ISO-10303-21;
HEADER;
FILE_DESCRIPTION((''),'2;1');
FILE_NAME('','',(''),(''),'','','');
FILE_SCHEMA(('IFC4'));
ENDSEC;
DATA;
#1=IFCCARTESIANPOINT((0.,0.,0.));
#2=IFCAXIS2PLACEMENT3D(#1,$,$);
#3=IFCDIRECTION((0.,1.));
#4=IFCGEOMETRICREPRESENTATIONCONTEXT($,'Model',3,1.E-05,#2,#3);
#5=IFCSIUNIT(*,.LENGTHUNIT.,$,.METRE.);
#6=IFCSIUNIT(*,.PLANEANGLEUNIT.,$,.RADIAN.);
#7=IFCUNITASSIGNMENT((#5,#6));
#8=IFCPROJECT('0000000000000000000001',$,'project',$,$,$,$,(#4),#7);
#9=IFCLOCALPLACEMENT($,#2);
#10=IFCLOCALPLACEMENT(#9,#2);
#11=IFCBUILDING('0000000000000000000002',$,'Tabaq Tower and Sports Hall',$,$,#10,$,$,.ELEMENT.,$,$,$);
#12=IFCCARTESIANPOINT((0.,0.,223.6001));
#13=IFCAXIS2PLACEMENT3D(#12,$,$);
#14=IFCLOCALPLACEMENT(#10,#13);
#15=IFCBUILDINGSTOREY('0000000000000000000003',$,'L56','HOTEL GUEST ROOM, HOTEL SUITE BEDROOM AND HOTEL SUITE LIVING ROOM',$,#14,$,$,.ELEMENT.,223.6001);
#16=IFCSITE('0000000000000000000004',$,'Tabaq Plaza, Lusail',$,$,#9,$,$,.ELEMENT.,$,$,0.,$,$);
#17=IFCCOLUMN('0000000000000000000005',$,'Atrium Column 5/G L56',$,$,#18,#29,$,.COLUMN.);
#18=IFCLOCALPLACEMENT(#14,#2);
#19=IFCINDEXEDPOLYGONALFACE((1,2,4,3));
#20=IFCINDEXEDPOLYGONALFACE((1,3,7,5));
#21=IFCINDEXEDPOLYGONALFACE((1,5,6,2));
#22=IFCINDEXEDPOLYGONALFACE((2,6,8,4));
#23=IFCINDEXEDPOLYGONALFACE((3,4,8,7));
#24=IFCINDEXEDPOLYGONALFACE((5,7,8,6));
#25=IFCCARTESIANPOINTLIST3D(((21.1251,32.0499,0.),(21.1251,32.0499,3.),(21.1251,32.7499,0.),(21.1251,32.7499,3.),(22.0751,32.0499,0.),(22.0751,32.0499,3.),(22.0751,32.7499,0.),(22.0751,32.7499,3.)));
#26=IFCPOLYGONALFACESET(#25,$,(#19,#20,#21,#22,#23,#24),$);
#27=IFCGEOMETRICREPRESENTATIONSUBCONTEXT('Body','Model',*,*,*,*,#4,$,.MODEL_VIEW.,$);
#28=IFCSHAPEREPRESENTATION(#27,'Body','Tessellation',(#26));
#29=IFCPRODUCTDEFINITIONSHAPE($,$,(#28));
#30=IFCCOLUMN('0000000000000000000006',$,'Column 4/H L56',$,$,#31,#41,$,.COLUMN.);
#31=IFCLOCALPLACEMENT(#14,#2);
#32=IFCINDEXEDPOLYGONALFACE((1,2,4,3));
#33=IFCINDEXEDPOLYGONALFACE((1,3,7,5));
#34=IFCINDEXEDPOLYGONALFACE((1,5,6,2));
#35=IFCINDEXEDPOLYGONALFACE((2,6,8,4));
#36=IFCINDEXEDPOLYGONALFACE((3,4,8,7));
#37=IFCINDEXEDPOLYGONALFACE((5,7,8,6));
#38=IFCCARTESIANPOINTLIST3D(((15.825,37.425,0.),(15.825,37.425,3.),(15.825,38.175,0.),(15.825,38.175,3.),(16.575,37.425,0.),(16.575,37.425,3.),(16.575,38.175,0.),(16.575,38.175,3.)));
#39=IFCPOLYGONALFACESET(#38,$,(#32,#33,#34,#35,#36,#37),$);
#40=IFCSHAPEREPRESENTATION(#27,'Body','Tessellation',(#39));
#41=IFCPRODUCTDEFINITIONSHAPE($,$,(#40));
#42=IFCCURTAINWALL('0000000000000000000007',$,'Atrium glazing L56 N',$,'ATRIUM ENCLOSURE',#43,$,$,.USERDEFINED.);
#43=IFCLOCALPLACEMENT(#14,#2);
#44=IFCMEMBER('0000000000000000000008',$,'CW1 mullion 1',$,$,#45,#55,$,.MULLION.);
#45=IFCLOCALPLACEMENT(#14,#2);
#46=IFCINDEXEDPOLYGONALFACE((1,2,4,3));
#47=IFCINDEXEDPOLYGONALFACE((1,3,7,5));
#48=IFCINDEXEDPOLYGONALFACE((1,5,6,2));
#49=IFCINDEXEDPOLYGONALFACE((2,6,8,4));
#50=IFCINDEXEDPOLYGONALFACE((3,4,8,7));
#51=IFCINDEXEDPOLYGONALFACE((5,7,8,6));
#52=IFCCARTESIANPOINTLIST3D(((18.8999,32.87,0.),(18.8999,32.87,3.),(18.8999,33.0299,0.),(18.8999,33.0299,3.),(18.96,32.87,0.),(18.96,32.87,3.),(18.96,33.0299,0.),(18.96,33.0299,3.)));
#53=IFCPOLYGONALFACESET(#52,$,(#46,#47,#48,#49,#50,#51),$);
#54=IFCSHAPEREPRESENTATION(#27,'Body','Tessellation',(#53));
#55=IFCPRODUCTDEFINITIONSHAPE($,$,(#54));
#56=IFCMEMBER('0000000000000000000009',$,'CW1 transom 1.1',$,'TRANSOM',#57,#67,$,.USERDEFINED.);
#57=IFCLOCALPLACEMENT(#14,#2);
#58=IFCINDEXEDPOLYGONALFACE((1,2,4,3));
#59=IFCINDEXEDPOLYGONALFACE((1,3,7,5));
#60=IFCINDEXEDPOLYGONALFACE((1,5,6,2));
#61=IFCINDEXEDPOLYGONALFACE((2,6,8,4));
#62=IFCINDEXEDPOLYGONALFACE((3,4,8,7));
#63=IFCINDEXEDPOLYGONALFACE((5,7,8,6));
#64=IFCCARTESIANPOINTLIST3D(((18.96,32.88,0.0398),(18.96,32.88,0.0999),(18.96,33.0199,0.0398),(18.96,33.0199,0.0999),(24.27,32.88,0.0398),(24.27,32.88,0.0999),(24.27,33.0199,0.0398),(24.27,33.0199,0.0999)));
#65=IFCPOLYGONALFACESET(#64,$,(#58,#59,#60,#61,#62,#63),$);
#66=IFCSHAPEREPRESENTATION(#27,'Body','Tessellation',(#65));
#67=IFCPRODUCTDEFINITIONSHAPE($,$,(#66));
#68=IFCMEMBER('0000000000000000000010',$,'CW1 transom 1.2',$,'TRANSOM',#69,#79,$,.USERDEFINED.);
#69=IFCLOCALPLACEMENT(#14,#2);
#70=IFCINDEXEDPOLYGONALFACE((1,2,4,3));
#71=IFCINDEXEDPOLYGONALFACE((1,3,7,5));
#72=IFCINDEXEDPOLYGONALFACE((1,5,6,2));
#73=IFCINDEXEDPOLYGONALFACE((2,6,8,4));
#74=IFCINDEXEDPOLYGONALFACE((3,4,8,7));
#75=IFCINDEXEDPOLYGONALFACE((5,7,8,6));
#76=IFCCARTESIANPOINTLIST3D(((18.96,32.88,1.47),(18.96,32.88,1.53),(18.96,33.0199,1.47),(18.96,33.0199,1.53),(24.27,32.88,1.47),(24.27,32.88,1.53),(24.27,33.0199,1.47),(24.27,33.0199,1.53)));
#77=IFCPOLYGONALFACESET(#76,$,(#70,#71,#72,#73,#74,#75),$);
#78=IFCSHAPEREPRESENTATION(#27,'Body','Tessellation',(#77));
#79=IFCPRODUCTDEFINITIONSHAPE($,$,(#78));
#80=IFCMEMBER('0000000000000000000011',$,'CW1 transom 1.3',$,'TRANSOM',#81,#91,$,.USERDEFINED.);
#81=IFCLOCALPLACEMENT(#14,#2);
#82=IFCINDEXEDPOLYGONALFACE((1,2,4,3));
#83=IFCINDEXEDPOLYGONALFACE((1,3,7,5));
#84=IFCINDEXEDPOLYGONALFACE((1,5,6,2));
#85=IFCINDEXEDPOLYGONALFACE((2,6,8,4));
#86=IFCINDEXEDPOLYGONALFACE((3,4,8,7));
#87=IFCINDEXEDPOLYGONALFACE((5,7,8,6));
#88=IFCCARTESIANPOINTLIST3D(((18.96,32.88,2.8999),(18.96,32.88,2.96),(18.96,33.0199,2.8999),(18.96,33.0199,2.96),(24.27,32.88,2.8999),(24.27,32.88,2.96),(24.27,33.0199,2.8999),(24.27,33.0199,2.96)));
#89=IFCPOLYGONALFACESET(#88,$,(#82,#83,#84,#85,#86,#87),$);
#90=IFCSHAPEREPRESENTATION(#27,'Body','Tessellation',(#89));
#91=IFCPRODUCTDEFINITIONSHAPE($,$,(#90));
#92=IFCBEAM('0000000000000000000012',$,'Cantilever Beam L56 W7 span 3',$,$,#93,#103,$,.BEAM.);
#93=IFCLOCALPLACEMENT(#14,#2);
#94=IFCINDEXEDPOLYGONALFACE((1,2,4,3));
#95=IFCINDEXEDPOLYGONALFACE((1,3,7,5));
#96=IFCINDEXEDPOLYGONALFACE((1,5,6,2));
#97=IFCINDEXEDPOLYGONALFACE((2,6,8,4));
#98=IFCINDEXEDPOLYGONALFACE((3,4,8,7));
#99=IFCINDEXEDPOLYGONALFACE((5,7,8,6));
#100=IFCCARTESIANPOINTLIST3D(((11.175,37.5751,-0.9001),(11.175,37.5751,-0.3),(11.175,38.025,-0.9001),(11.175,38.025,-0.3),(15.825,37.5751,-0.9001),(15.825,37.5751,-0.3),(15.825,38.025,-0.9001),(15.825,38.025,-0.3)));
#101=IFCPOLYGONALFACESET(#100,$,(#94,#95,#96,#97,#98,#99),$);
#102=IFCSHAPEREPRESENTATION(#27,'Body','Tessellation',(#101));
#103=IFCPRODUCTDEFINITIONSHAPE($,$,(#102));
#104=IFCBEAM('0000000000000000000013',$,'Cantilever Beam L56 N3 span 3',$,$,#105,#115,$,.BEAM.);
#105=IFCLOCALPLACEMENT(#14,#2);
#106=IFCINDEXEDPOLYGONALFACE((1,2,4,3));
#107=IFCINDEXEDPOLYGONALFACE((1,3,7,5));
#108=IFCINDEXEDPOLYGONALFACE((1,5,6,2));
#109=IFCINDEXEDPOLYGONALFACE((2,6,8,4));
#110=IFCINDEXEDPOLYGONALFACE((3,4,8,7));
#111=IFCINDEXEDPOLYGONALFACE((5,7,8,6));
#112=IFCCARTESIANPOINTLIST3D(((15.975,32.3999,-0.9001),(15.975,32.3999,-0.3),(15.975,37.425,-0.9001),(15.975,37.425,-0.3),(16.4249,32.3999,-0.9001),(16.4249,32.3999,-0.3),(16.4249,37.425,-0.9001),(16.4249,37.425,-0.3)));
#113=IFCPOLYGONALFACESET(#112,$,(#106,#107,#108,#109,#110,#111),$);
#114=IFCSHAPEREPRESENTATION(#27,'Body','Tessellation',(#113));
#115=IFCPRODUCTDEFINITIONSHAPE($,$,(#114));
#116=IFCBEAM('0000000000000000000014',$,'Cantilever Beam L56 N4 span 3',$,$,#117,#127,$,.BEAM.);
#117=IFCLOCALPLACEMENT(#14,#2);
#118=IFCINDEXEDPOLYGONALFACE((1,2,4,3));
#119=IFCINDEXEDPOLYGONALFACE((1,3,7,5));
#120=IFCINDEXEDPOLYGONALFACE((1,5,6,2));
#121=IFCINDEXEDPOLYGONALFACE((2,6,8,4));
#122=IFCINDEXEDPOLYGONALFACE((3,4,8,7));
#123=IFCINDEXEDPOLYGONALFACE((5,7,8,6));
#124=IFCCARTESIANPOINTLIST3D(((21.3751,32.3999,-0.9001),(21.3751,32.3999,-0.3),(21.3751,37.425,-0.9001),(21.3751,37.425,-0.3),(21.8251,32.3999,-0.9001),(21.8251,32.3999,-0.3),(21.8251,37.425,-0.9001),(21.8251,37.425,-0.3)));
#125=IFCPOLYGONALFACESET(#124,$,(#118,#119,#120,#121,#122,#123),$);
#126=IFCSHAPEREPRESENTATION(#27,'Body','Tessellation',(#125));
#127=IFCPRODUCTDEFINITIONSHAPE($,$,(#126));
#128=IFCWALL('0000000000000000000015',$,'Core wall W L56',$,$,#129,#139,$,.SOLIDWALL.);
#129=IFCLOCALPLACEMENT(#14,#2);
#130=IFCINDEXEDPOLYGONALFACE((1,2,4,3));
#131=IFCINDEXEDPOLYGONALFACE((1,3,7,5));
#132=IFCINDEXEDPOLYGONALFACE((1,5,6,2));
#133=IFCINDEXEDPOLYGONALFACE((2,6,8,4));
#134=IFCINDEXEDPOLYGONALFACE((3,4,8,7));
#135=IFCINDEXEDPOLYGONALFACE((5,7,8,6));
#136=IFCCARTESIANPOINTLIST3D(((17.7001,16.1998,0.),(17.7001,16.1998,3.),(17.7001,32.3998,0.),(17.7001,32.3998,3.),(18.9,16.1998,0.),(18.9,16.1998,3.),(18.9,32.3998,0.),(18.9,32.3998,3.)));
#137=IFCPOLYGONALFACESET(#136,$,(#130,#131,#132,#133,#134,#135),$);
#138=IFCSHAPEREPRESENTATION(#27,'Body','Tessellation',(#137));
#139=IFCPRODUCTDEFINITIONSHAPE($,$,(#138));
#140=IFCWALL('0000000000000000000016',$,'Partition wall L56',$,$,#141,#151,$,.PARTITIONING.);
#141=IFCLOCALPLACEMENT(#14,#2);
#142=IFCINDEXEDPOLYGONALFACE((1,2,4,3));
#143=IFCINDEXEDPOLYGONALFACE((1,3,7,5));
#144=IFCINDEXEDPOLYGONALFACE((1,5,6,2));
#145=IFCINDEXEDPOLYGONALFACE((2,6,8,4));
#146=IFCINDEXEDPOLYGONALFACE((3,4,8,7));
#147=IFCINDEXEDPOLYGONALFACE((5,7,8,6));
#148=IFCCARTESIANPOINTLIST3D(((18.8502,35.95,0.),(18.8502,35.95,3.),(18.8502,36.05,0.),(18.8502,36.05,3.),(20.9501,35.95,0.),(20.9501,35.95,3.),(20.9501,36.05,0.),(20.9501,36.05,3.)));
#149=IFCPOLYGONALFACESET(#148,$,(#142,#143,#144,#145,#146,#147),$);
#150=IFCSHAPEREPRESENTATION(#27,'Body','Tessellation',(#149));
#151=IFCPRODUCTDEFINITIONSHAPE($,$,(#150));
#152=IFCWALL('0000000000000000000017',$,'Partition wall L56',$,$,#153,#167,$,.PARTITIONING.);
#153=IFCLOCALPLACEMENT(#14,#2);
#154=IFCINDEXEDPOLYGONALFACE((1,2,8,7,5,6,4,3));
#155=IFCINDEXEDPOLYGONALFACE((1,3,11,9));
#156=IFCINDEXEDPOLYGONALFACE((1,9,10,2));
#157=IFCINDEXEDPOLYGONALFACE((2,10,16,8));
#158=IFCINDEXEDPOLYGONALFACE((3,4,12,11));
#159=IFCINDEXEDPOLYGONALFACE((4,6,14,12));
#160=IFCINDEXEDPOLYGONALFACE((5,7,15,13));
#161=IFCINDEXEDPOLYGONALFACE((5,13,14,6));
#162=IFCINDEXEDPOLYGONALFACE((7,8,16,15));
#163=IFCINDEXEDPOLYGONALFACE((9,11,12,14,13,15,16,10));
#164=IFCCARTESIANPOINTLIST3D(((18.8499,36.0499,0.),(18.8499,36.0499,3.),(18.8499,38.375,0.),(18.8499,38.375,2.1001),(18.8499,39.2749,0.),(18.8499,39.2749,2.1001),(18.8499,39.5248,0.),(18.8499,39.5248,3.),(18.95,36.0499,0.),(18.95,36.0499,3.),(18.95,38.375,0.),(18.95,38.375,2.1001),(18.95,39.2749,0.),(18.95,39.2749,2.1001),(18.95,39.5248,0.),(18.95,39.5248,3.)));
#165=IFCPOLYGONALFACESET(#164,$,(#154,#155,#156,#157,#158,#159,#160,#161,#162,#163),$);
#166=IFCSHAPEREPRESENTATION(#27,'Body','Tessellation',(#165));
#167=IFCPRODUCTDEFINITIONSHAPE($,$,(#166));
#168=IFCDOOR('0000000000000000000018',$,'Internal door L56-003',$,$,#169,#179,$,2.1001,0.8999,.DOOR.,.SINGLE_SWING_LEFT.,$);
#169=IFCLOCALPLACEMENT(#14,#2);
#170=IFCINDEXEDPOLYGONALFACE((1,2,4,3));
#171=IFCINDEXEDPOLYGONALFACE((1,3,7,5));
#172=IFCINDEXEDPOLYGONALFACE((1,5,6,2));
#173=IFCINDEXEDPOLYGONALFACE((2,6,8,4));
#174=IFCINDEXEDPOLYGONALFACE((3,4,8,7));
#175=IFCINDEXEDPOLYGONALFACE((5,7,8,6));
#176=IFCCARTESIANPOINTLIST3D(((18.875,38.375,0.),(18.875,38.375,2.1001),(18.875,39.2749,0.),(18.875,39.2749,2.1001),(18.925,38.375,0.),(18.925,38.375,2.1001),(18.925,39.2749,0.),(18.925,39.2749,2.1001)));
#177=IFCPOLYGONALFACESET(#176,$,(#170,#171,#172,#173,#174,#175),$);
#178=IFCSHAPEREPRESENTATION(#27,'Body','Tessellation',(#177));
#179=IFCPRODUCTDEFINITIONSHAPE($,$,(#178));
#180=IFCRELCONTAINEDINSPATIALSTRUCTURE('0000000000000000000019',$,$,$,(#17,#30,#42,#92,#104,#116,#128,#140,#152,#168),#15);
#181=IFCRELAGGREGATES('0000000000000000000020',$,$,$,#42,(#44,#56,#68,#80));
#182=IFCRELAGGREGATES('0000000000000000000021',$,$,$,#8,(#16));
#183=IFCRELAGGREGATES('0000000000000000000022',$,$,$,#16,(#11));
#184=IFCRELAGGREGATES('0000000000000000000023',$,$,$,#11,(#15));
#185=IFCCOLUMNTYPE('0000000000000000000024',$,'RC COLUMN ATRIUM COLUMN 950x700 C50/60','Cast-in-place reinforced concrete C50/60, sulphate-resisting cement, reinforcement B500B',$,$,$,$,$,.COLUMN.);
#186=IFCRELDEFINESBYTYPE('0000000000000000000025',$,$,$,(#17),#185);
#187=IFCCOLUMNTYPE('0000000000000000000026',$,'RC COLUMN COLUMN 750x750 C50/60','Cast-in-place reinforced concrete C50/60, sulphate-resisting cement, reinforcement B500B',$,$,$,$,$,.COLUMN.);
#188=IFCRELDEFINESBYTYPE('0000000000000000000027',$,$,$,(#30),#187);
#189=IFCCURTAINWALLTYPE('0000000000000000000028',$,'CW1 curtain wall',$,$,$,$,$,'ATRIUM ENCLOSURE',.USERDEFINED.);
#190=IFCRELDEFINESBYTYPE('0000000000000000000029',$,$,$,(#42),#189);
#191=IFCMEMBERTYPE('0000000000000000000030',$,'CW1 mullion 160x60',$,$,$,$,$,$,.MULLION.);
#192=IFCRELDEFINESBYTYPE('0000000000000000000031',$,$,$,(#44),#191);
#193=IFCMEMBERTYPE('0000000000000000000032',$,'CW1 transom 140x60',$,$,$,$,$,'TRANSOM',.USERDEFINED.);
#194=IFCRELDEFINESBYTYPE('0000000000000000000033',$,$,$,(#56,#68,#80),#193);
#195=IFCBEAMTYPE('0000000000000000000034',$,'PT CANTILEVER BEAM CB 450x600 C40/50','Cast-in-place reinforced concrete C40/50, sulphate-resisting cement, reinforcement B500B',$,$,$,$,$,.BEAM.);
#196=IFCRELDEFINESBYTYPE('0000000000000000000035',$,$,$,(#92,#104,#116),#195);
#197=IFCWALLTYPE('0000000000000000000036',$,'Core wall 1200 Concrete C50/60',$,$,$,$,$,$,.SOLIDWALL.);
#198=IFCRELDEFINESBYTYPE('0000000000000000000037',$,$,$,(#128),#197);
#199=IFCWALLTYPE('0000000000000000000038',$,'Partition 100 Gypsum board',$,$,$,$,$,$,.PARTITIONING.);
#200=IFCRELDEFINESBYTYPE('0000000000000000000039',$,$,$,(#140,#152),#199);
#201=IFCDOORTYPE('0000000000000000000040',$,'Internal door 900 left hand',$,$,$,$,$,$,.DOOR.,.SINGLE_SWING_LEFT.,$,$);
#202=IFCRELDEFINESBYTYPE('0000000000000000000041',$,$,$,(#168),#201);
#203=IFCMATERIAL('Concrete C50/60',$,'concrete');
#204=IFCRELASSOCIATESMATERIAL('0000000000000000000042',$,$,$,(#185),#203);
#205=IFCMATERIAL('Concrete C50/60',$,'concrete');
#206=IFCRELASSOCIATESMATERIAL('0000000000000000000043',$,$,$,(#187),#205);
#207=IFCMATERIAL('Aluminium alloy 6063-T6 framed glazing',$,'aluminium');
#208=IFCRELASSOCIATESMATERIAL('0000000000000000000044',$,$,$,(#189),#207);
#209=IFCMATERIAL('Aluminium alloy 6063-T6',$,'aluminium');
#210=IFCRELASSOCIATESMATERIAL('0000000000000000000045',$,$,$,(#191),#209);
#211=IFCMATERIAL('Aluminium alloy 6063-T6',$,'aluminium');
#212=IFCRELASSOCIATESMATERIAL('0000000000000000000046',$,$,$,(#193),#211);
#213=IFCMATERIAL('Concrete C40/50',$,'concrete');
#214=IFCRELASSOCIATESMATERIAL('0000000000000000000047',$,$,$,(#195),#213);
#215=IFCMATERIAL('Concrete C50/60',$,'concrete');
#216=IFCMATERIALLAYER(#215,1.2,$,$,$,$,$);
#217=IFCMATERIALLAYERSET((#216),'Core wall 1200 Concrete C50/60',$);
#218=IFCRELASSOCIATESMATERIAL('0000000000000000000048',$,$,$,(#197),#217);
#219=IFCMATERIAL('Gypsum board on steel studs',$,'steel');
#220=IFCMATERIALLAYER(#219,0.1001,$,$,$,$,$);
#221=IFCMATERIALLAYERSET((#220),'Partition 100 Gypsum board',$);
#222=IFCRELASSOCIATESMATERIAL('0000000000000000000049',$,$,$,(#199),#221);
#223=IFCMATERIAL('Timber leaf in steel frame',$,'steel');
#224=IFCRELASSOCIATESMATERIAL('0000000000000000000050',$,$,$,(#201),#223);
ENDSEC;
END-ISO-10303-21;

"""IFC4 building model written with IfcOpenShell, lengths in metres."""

from ifc_helpers import new_model, si_unit, direction, frame, frame_2d, origin, origin_2d, place, context, subcontext, project, spatial, rectangle, extrude, material, layer, layer_set, material_profile, profile_set, type_object, element, fill, aggregate, save


model = new_model("IFC4")

# Units and contexts
model_context = context("Model", 3, precision=1e-05, world=origin(), true_north=direction((0.0, 1.0)))
body_context = subcontext(model_context, "Body", "Model", "MODEL_VIEW")
ifc_project = project(units=[si_unit("LENGTHUNIT", "METRE"), si_unit("PLANEANGLEUNIT", "RADIAN")], contexts=[model_context])

# Site, building, storey
site_placement = place(None, origin())
site = spatial("IfcSite", under=ifc_project, at=site_placement, Name="Tabaq Plaza, Lusail", CompositionType="ELEMENT", RefElevation=0.0)
building_placement = place(site_placement, origin())
building = spatial("IfcBuilding", under=site, at=building_placement, Name="Tabaq Tower and Sports Hall", CompositionType="ELEMENT")
storey_placement = place(building_placement, frame((0.0, 0.0, 223.6001)))
storey = spatial("IfcBuildingStorey", under=building, at=storey_placement, Name="L56", Description="HOTEL GUEST ROOM, HOTEL SUITE BEDROOM AND HOTEL SUITE LIVING ROOM", CompositionType="ELEMENT", Elevation=223.6001)

# Columns
ifc_material_1 = material(Name="Concrete C50/60", Category="concrete")
ifc_material_profile_1 = material_profile(ifc_material_1, rectangle(XDim=0.95, YDim=0.7, at=origin_2d()), Name="ATRIUM COLUMN 950x700")
ifc_profile_set_1 = profile_set([ifc_material_profile_1], Name="Concrete C50/60")
column_type_1 = type_object("IfcColumnType", Name="RC COLUMN ATRIUM COLUMN 950x700 C50/60", Description="Cast-in-place reinforced concrete C50/60, sulphate-resisting cement, reinforcement B500B", PredefinedType="COLUMN", material=ifc_profile_set_1)
column_1_placement = place(storey_placement, frame((21.6001, 32.3999, 0.0), z_axis=(0.0, 0.0, 1.0), x_axis=(1.0, 0.0, 0.0)))
element("IfcColumn", 1, at=column_1_placement, inside=storey, type_object=column_type_1, Name="Atrium Column 5/G L56", PredefinedType="COLUMN", context=body_context, shape_type="SweptSolid", body=[
    extrude(rectangle(XDim=0.95, YDim=0.7, at=origin_2d()), origin(), (0.0, 0.0, 1.0), 3.0),
])
ifc_material_2 = material(Name="Concrete C50/60", Category="concrete")
ifc_material_profile_2 = material_profile(ifc_material_2, rectangle(XDim=0.75, YDim=0.75, at=origin_2d()), Name="COLUMN 750x750")
ifc_profile_set_2 = profile_set([ifc_material_profile_2], Name="Concrete C50/60")
column_type_2 = type_object("IfcColumnType", Name="RC COLUMN COLUMN 750x750 C50/60", Description="Cast-in-place reinforced concrete C50/60, sulphate-resisting cement, reinforcement B500B", PredefinedType="COLUMN", material=ifc_profile_set_2)
column_2_placement = place(storey_placement, frame((16.2, 37.8, 0.0), z_axis=(0.0, 0.0, 1.0), x_axis=(1.0, 0.0, 0.0)))
element("IfcColumn", 2, at=column_2_placement, inside=storey, type_object=column_type_2, Name="Column 4/H L56", PredefinedType="COLUMN", context=body_context, shape_type="SweptSolid", body=[
    extrude(rectangle(XDim=0.75, YDim=0.75, at=origin_2d()), origin(), (0.0, 0.0, 1.0), 3.0),
])

# Curtain wall, members
ifc_material_3 = material(Name="Aluminium alloy 6063-T6 framed glazing", Category="aluminium")
curtain_wall_type = type_object("IfcCurtainWallType", Name="CW1 curtain wall", ElementType="ATRIUM ENCLOSURE", PredefinedType="USERDEFINED", material=ifc_material_3)
curtain_wall_placement = place(storey_placement, origin())
curtain_wall = element("IfcCurtainWall", 3, at=curtain_wall_placement, inside=storey, type_object=curtain_wall_type, Name="Atrium glazing L56 N", ObjectType="ATRIUM ENCLOSURE", PredefinedType="USERDEFINED")
ifc_material_4 = material(Name="Aluminium alloy 6063-T6", Category="aluminium")
ifc_material_profile_3 = material_profile(ifc_material_4, rectangle(XDim=0.1599, YDim=0.0601, at=origin_2d()), Name="MULLION 160x60")
ifc_profile_set_3 = profile_set([ifc_material_profile_3], Name="Aluminium alloy 6063-T6")
member_type_1 = type_object("IfcMemberType", Name="CW1 mullion 160x60", PredefinedType="MULLION", material=ifc_profile_set_3)
member_1_placement = place(storey_placement, frame((18.9299, 32.95, 0.0), z_axis=(0.0, 0.0, 1.0), x_axis=(0.0, 1.0, 0.0)))
member_1 = element("IfcMember", 4, at=member_1_placement, type_object=member_type_1, Name="CW1 mullion 1", PredefinedType="MULLION", context=body_context, shape_type="SweptSolid", body=[
    extrude(rectangle(XDim=0.1599, YDim=0.0601, at=origin_2d()), origin(), (0.0, 0.0, 1.0), 3.0),
])
ifc_material_5 = material(Name="Aluminium alloy 6063-T6", Category="aluminium")
ifc_material_profile_4 = material_profile(ifc_material_5, rectangle(XDim=0.1399, YDim=0.0601, at=origin_2d()), Name="TRANSOM 140x60")
ifc_profile_set_4 = profile_set([ifc_material_profile_4], Name="Aluminium alloy 6063-T6")
member_type_2 = type_object("IfcMemberType", Name="CW1 transom 140x60", ElementType="TRANSOM", PredefinedType="USERDEFINED", material=ifc_profile_set_4)
member_2_placement = place(storey_placement, frame((18.96, 32.95, 0.0698), z_axis=(1.0, 0.0, 0.0), x_axis=(0.0, 1.0, 0.0)))
member_2 = element("IfcMember", 5, at=member_2_placement, type_object=member_type_2, Name="CW1 transom 1.1", ObjectType="TRANSOM", PredefinedType="USERDEFINED", context=body_context, shape_type="SweptSolid", body=[
    extrude(rectangle(XDim=0.1399, YDim=0.0601, at=origin_2d()), origin(), (0.0, 0.0, 1.0), 5.3101),
])
member_3_placement = place(storey_placement, frame((18.96, 32.95, 1.5), z_axis=(1.0, 0.0, 0.0), x_axis=(0.0, 1.0, 0.0)))
member_3 = element("IfcMember", 6, at=member_3_placement, type_object=member_type_2, Name="CW1 transom 1.2", ObjectType="TRANSOM", PredefinedType="USERDEFINED", context=body_context, shape_type="SweptSolid", body=[
    extrude(rectangle(XDim=0.1399, YDim=0.0601, at=origin_2d()), origin(), (0.0, 0.0, 1.0), 5.3101),
])
member_4_placement = place(storey_placement, frame((18.96, 32.95, 2.9299), z_axis=(1.0, 0.0, 0.0), x_axis=(0.0, 1.0, 0.0)))
member_4 = element("IfcMember", 7, at=member_4_placement, type_object=member_type_2, Name="CW1 transom 1.3", ObjectType="TRANSOM", PredefinedType="USERDEFINED", context=body_context, shape_type="SweptSolid", body=[
    extrude(rectangle(XDim=0.1399, YDim=0.0601, at=origin_2d()), origin(), (0.0, 0.0, 1.0), 5.3101),
])
aggregate(curtain_wall, [member_1, member_2, member_3, member_4])

# Beams
ifc_material_6 = material(Name="Concrete C40/50", Category="concrete")
ifc_material_profile_5 = material_profile(ifc_material_6, rectangle(XDim=0.45, YDim=0.6001, at=origin_2d()), Name="CB 450x600")
ifc_profile_set_5 = profile_set([ifc_material_profile_5], Name="Concrete C40/50")
beam_type = type_object("IfcBeamType", Name="PT CANTILEVER BEAM CB 450x600 C40/50", Description="Cast-in-place reinforced concrete C40/50, sulphate-resisting cement, reinforcement B500B", PredefinedType="BEAM", material=ifc_profile_set_5)
beam_placement = place(storey_placement, frame((11.175, 37.8, -0.6001), z_axis=(1.0, 0.0, 0.0), x_axis=(0.0, 1.0, 0.0)))
element("IfcBeam", 8, at=beam_placement, inside=storey, type_object=beam_type, Name="Cantilever Beam L56 W7 span 3", PredefinedType="BEAM", context=body_context, shape_type="SweptSolid", body=[
    extrude(rectangle(XDim=0.45, YDim=0.6001, at=origin_2d()), origin(), (0.0, 0.0, 1.0), 4.6499),
])
for number, where, z_axis, x_axis, name in (
    (9, (16.2, 37.425, -0.6001), (0.0, -1.0, 0.0), (1.0, 0.0, 0.0), "Cantilever Beam L56 N3 span 3"),
    (10, (21.6001, 37.425, -0.6001), (0.0, -1.0, 0.0), (1.0, 0.0, 0.0), "Cantilever Beam L56 N4 span 3"),
):
    element("IfcBeam", number, at=place(storey_placement, frame(where, z_axis=z_axis, x_axis=x_axis)), inside=storey, type_object=beam_type, Name=name, PredefinedType="BEAM", context=body_context, shape_type="SweptSolid", body=[
        extrude(rectangle(XDim=0.45, YDim=0.6001, at=origin_2d()), origin(), (0.0, 0.0, 1.0), 5.0251),
    ])

# Walls
ifc_material_7 = material(Name="Concrete C50/60", Category="concrete")
ifc_layer_1 = layer(ifc_material_7, 1.2)
ifc_layer_set_1 = layer_set([ifc_layer_1], Name="Core wall 1200 Concrete C50/60")
wall_type_1 = type_object("IfcWallType", Name="Core wall 1200 Concrete C50/60", PredefinedType="SOLIDWALL", material=ifc_layer_set_1)
wall_1_placement = place(storey_placement, frame((18.3, 32.3999, 0.0), z_axis=(0.0, 0.0, 1.0), x_axis=(0.0, -1.0, 0.0)))
element("IfcWall", 11, at=wall_1_placement, inside=storey, type_object=wall_type_1, Name="Core wall W L56", PredefinedType="SOLIDWALL", context=body_context, shape_type="SweptSolid", body=[
    extrude(rectangle(XDim=16.2, YDim=1.2, at=frame_2d((8.1001, 0.0))), origin(), (0.0, 0.0, 1.0), 3.0),
])
ifc_material_8 = material(Name="Gypsum board on steel studs", Category="steel")
ifc_layer_2 = layer(ifc_material_8, 0.1001)
ifc_layer_set_2 = layer_set([ifc_layer_2], Name="Partition 100 Gypsum board")
wall_type_2 = type_object("IfcWallType", Name="Partition 100 Gypsum board", PredefinedType="PARTITIONING", material=ifc_layer_set_2)
wall_2_placement = place(storey_placement, frame((20.95, 36.0, 0.0), z_axis=(0.0, 0.0, 1.0), x_axis=(-1.0, 0.0, 0.0)))
element("IfcWall", 12, at=wall_2_placement, inside=storey, type_object=wall_type_2, Name="Partition wall L56", PredefinedType="PARTITIONING", context=body_context, shape_type="SweptSolid", body=[
    extrude(rectangle(XDim=2.0999, YDim=0.1001, at=frame_2d((1.0498, 0.0))), origin(), (0.0, 0.0, 1.0), 3.0),
])

# Wall, opening, door
wall_3_placement = place(storey_placement, frame((18.8999, 36.05, 0.0), z_axis=(0.0, 0.0, 1.0), x_axis=(0.0, 1.0, 0.0)))
wall_3 = element("IfcWall", 13, at=wall_3_placement, inside=storey, type_object=wall_type_2, Name="Partition wall L56", PredefinedType="PARTITIONING", context=body_context, shape_type="SweptSolid", body=[
    extrude(rectangle(XDim=3.4749, YDim=0.1001, at=frame_2d((1.7373, 0.0))), origin(), (0.0, 0.0, 1.0), 3.0),
])
opening_1_placement = place(wall_3_placement, frame((2.325, 0.0, 0.0)))
opening_1 = element("IfcOpeningElement", 14, at=opening_1_placement, cuts=wall_3, PredefinedType="OPENING", context=body_context, shape_type="SweptSolid", body=[
    extrude(rectangle(XDim=0.8999, YDim=2.1001, at=frame_2d((0.45, 1.05))), frame((0.0, 0.05, 0.0), z_axis=(0.0, -1.0, 0.0), x_axis=(1.0, 0.0, 0.0)), (0.0, 0.0, 1.0), 0.1001),
])
ifc_material_9 = material(Name="Timber leaf in steel frame", Category="steel")
door_type_1 = type_object("IfcDoorType", Name="Internal door 900 left hand", OperationType="SINGLE_SWING_LEFT", PredefinedType="DOOR", material=ifc_material_9)
door_1_placement = place(opening_1_placement, origin())
door_1 = element("IfcDoor", 15, at=door_1_placement, inside=storey, type_object=door_type_1, Name="Internal door L56-003", OperationType="SINGLE_SWING_LEFT", OverallHeight=2.1001, OverallWidth=0.8999, PredefinedType="DOOR", context=body_context, shape_type="SweptSolid", body=[
    extrude(rectangle(XDim=0.8999, YDim=2.1001, at=frame_2d((0.45, 1.05))), frame((0.0, 0.0249, 0.0), z_axis=(0.0, -1.0, 0.0), x_axis=(1.0, 0.0, 0.0)), (0.0, 0.0, 1.0), 0.05),
])
fill(opening_1, door_1)

save(model, "model.ifc")
